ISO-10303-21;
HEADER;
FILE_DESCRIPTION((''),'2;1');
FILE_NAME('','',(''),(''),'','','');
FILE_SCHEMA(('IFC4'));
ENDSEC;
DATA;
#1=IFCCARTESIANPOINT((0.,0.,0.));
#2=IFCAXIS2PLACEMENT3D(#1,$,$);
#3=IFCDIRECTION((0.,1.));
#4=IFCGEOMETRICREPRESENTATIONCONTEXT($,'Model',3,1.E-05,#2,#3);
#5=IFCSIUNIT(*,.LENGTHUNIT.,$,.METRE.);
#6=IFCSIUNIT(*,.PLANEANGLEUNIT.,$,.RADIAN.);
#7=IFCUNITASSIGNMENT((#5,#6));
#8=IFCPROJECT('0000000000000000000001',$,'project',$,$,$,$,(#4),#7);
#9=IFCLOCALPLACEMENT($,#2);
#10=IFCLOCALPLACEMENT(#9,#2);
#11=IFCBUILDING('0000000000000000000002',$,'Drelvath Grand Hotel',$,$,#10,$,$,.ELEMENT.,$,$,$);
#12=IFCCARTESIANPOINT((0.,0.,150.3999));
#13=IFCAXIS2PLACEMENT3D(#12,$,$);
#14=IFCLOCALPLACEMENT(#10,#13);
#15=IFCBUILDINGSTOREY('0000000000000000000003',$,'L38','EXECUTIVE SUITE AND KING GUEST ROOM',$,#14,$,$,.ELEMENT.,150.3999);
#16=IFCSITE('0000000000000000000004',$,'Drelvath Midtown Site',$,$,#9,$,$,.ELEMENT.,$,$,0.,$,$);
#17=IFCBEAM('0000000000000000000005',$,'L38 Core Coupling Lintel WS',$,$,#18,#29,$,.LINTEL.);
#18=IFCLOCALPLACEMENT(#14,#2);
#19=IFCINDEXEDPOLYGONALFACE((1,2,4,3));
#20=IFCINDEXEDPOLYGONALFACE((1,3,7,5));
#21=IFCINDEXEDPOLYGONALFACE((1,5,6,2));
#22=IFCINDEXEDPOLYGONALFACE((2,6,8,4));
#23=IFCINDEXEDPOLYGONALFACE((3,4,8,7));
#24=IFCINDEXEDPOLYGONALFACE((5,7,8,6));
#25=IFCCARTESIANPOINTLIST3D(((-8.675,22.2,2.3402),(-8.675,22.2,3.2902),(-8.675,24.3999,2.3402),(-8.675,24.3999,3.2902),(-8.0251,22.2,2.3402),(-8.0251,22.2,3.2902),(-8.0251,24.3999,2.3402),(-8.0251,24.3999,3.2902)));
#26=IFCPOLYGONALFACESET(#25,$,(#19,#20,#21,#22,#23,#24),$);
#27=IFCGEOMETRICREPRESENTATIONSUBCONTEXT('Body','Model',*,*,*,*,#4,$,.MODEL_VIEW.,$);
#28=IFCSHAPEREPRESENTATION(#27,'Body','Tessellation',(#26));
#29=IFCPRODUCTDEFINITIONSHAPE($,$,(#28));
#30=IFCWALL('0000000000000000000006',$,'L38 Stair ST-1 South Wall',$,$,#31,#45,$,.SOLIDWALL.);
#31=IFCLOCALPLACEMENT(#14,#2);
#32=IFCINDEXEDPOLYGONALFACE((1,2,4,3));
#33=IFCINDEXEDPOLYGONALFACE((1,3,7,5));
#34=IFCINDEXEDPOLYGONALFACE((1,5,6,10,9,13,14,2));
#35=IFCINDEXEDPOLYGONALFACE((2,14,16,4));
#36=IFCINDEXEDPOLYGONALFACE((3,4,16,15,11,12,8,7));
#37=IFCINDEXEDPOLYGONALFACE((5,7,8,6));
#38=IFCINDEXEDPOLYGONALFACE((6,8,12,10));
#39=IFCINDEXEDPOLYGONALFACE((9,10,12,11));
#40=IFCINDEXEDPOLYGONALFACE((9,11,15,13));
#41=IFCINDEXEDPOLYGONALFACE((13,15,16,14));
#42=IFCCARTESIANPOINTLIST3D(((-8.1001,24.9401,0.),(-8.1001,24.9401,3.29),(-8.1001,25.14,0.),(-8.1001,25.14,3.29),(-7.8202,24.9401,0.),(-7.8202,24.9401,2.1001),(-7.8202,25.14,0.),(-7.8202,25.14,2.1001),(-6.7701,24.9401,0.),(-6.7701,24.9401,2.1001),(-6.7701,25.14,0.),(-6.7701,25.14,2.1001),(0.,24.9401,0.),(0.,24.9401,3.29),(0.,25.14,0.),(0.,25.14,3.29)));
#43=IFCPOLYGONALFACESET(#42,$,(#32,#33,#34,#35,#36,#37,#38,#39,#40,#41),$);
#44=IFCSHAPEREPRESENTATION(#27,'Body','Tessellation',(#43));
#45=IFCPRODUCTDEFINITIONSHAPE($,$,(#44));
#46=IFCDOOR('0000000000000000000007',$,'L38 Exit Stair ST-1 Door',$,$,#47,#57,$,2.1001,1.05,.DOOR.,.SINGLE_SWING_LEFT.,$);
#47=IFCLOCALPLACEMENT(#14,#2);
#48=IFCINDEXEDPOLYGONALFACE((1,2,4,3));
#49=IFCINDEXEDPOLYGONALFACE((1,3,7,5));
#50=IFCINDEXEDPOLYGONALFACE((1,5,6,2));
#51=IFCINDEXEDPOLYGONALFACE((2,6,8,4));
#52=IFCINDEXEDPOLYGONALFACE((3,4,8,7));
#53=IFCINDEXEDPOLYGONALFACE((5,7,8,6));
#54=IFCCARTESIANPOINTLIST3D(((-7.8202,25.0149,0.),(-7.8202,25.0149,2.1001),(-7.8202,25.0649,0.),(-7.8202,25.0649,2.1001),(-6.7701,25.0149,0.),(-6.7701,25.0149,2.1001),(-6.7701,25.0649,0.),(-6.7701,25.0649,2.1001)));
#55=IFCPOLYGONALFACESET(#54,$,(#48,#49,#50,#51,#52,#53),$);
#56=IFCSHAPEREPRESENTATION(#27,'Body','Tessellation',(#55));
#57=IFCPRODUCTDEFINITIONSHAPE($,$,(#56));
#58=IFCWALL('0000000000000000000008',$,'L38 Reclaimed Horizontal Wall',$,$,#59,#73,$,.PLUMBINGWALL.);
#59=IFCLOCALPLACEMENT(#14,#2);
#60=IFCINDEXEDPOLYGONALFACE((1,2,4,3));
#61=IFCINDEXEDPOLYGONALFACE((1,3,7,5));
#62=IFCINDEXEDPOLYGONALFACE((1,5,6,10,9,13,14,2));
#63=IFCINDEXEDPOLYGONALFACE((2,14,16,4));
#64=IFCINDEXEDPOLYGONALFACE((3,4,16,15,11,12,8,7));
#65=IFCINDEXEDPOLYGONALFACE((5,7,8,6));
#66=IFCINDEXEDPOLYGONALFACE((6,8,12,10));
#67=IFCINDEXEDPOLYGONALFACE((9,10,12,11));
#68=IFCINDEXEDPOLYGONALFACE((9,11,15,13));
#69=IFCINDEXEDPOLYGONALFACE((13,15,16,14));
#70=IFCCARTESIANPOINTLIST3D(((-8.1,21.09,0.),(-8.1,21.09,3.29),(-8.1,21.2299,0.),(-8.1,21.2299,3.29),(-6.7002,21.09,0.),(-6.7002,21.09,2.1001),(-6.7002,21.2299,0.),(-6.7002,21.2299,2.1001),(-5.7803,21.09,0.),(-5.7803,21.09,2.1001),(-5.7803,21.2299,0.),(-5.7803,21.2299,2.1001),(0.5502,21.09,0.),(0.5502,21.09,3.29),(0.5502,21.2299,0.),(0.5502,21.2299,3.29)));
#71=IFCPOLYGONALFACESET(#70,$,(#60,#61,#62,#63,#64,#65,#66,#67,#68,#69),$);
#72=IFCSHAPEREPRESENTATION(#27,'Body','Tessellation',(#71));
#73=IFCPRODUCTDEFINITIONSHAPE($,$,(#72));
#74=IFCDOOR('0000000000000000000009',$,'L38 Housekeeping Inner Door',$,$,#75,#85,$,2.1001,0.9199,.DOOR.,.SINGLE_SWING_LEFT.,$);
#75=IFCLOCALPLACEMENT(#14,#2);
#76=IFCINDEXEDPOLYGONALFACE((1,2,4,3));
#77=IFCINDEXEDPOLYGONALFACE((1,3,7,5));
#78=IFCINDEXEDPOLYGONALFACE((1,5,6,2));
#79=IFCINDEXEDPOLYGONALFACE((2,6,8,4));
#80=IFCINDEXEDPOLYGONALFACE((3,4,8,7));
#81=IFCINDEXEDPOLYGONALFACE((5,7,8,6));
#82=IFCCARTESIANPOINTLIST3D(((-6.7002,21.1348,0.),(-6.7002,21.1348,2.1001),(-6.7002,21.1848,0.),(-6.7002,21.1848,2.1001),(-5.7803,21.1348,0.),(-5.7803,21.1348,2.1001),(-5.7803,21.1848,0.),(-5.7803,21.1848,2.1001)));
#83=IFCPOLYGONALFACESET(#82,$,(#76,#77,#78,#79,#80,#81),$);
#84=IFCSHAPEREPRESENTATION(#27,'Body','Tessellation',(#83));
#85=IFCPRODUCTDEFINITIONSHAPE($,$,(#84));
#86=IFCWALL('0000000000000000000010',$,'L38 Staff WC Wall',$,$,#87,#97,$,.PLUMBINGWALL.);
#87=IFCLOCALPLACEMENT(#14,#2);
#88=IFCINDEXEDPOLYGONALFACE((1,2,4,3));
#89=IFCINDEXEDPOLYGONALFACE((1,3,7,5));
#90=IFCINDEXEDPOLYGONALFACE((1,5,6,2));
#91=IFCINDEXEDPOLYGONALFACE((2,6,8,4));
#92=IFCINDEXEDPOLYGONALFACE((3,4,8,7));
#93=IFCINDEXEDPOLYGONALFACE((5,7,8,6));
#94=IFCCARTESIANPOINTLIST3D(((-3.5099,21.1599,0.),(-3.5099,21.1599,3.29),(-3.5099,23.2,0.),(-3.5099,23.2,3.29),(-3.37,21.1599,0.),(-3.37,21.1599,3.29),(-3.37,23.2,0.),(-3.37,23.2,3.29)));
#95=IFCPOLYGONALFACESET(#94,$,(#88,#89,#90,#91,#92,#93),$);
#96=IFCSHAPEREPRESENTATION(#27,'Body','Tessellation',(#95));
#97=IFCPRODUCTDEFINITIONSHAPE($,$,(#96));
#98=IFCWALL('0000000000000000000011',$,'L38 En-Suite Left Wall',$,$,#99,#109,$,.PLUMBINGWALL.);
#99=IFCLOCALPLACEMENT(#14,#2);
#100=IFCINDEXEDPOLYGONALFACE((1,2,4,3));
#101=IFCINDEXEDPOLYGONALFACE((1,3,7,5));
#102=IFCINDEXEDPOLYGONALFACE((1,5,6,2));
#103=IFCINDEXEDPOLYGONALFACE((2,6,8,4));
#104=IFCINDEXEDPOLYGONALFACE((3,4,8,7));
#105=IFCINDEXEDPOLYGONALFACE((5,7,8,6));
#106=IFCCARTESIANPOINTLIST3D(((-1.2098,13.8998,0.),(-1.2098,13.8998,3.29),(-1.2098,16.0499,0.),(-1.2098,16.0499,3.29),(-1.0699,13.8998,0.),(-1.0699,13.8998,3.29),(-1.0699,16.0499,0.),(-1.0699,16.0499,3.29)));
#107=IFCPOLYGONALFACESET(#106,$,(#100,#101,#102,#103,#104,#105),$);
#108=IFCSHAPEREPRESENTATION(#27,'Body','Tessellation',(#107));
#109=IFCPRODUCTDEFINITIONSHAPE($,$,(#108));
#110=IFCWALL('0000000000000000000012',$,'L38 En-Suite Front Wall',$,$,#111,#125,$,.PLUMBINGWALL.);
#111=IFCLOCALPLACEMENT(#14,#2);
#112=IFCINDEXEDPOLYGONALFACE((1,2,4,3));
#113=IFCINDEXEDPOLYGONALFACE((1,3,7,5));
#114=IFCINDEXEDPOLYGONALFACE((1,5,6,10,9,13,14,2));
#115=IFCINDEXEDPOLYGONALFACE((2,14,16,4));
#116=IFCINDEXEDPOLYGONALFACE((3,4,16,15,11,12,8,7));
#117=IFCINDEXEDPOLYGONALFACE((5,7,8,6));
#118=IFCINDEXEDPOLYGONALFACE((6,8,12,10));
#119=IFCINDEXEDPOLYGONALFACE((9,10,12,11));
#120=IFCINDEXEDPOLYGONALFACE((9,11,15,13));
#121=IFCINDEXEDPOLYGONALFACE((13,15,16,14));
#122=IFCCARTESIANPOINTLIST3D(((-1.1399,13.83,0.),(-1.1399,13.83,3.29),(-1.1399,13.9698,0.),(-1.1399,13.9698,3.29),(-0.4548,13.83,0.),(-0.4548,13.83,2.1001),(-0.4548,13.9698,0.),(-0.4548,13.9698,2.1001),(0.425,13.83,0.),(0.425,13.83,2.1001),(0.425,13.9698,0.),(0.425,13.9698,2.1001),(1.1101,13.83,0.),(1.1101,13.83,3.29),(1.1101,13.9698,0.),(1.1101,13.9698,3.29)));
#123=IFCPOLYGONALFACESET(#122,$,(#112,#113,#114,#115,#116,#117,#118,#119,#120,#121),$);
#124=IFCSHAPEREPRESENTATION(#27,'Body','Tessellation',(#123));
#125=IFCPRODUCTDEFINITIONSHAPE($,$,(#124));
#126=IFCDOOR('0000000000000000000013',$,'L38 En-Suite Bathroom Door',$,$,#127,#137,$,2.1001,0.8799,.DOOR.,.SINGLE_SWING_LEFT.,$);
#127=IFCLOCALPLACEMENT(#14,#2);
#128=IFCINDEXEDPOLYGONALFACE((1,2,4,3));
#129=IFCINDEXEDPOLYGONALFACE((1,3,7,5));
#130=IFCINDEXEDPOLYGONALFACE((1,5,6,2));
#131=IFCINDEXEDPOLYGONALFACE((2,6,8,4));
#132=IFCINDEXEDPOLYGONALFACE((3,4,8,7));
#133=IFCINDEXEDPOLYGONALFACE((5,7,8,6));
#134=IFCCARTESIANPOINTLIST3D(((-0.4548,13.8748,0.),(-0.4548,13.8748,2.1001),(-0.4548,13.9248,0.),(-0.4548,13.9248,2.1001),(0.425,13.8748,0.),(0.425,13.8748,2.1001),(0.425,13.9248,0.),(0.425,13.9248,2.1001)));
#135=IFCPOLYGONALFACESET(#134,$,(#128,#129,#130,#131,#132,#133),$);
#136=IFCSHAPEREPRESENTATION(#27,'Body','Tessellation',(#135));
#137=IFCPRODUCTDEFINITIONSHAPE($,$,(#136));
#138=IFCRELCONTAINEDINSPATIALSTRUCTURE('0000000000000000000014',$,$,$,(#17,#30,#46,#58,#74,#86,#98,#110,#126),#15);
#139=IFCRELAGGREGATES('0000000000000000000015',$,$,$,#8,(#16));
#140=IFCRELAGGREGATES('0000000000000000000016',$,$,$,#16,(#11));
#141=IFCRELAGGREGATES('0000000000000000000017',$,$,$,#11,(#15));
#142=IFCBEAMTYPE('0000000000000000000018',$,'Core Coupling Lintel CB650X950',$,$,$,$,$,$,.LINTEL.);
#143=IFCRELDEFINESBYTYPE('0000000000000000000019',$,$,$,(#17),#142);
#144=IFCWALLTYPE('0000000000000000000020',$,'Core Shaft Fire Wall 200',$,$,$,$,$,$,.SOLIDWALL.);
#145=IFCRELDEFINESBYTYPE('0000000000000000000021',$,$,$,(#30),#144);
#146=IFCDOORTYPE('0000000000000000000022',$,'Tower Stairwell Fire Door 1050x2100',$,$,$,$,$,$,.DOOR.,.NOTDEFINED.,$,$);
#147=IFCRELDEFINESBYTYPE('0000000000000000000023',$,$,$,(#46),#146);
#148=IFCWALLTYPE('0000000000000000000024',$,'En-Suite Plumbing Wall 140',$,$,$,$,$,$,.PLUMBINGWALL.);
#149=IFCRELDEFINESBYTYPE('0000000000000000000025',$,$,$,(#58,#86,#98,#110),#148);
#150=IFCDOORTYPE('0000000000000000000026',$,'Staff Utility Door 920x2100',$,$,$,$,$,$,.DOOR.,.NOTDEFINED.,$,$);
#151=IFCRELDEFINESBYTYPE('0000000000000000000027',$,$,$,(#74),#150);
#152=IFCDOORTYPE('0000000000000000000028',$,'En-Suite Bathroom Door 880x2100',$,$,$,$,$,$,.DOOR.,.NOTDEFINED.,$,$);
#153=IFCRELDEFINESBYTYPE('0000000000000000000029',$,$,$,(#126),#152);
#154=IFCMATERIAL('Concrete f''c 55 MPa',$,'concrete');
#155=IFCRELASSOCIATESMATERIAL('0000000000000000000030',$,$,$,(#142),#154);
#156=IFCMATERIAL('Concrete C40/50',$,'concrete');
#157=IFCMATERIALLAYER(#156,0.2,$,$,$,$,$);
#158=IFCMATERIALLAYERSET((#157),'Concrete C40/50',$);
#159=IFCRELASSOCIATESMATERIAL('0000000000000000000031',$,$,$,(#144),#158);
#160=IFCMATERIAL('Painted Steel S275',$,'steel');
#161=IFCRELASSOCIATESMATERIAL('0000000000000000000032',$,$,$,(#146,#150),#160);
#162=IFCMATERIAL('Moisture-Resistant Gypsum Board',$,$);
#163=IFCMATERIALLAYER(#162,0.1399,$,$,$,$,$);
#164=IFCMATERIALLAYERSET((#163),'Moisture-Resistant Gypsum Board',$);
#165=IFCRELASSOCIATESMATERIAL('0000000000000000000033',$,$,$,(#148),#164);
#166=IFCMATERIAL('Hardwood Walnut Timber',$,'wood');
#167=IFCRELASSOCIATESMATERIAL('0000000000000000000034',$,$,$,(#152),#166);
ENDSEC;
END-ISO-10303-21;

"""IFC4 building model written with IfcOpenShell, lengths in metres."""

from ifc_helpers import new_model, si_unit, direction, frame, frame_2d, origin, origin_2d, place, context, subcontext, project, spatial, rectangle, extrude, material, layer, layer_set, material_profile, profile_set, type_object, element, fill, save


model = new_model("IFC4")

# Units and contexts
model_context = context("Model", 3, precision=1e-05, world=origin(), true_north=direction((0.0, 1.0)))
body_context = subcontext(model_context, "Body", "Model", "MODEL_VIEW")
ifc_project = project(units=[si_unit("LENGTHUNIT", "METRE"), si_unit("PLANEANGLEUNIT", "RADIAN")], contexts=[model_context])

# Site, building, storey
site_placement = place(None, origin())
site = spatial("IfcSite", under=ifc_project, at=site_placement, Name="Drelvath Midtown Site", CompositionType="ELEMENT", RefElevation=0.0)
building_placement = place(site_placement, origin())
building = spatial("IfcBuilding", under=site, at=building_placement, Name="Drelvath Grand Hotel", CompositionType="ELEMENT")
storey_placement = place(building_placement, frame((0.0, 0.0, 150.3999)))
storey = spatial("IfcBuildingStorey", under=building, at=storey_placement, Name="L38", Description="EXECUTIVE SUITE AND KING GUEST ROOM", CompositionType="ELEMENT", Elevation=150.3999)

# Beam
ifc_material_1 = material(Name="Concrete f'c 55 MPa", Category="concrete")
ifc_material_profile = material_profile(ifc_material_1, rectangle(XDim=0.6499, YDim=0.95, at=origin_2d()), Name="CB650X950")
ifc_profile_set = profile_set([ifc_material_profile], Name="Concrete f'c 55 MPa")
beam_type = type_object("IfcBeamType", Name="Core Coupling Lintel CB650X950", PredefinedType="LINTEL", material=ifc_profile_set)
beam_placement = place(storey_placement, frame((-8.3501, 22.2, 2.8152), z_axis=(0.0, 1.0, 0.0), x_axis=(-1.0, 0.0, 0.0)))
element("IfcBeam", 1, at=beam_placement, inside=storey, type_object=beam_type, Name="L38 Core Coupling Lintel WS", PredefinedType="LINTEL", context=body_context, shape_type="SweptSolid", body=[
    extrude(rectangle(XDim=0.6499, YDim=0.95, at=origin_2d()), origin(), (0.0, 0.0, 1.0), 2.2),
])

# Walls, openings, doors
ifc_material_2 = material(Name="Concrete C40/50", Category="concrete")
ifc_layer_1 = layer(ifc_material_2, 0.2)
ifc_layer_set_1 = layer_set([ifc_layer_1], Name="Concrete C40/50")
wall_type_1 = type_object("IfcWallType", Name="Core Shaft Fire Wall 200", PredefinedType="SOLIDWALL", material=ifc_layer_set_1)
wall_1_placement = place(storey_placement, frame((-8.1001, 25.04, 0.0), z_axis=(0.0, 0.0, 1.0), x_axis=(1.0, 0.0, 0.0)))
wall_1 = element("IfcWall", 2, at=wall_1_placement, inside=storey, type_object=wall_type_1, Name="L38 Stair ST-1 South Wall", PredefinedType="SOLIDWALL", context=body_context, shape_type="SweptSolid", body=[
    extrude(rectangle(XDim=8.1001, YDim=0.2, at=frame_2d((4.05, 0.0))), origin(), (0.0, 0.0, 1.0), 3.29),
])
opening_1_placement = place(wall_1_placement, frame((0.28, 0.0, 0.0)))
opening_1 = element("IfcOpeningElement", 3, at=opening_1_placement, cuts=wall_1, PredefinedType="OPENING", context=body_context, shape_type="SweptSolid", body=[
    extrude(rectangle(XDim=1.05, YDim=2.1001, at=frame_2d((0.5249, 1.05))), frame((0.0, 0.1099, 0.0), z_axis=(0.0, -1.0, 0.0), x_axis=(1.0, 0.0, 0.0)), (0.0, 0.0, 1.0), 0.22),
])
ifc_material_3 = material(Name="Painted Steel S275", Category="steel")
door_type_1 = type_object("IfcDoorType", Name="Tower Stairwell Fire Door 1050x2100", OperationType="NOTDEFINED", PredefinedType="DOOR", material=ifc_material_3)
door_1_placement = place(opening_1_placement, origin())
door_1 = element("IfcDoor", 4, at=door_1_placement, inside=storey, type_object=door_type_1, Name="L38 Exit Stair ST-1 Door", OperationType="SINGLE_SWING_LEFT", OverallHeight=2.1001, OverallWidth=1.05, PredefinedType="DOOR", context=body_context, shape_type="SweptSolid", body=[
    extrude(rectangle(XDim=1.05, YDim=2.1001, at=frame_2d((0.5249, 1.05))), frame((0.0, 0.0249, 0.0), z_axis=(0.0, -1.0, 0.0), x_axis=(1.0, 0.0, 0.0)), (0.0, 0.0, 1.0), 0.05),
])
fill(opening_1, door_1)
ifc_material_4 = material(Name="Moisture-Resistant Gypsum Board")
ifc_layer_2 = layer(ifc_material_4, 0.1399)
ifc_layer_set_2 = layer_set([ifc_layer_2], Name="Moisture-Resistant Gypsum Board")
wall_type_2 = type_object("IfcWallType", Name="En-Suite Plumbing Wall 140", PredefinedType="PLUMBINGWALL", material=ifc_layer_set_2)
wall_2_placement = place(storey_placement, frame((-8.1001, 21.1599, 0.0), z_axis=(0.0, 0.0, 1.0), x_axis=(1.0, 0.0, 0.0)))
wall_2 = element("IfcWall", 5, at=wall_2_placement, inside=storey, type_object=wall_type_2, Name="L38 Reclaimed Horizontal Wall", PredefinedType="PLUMBINGWALL", context=body_context, shape_type="SweptSolid", body=[
    extrude(rectangle(XDim=8.6501, YDim=0.1399, at=frame_2d((4.3252, 0.0))), origin(), (0.0, 0.0, 1.0), 3.29),
])
opening_2_placement = place(wall_2_placement, frame((1.3999, 0.0, 0.0)))
opening_2 = element("IfcOpeningElement", 6, at=opening_2_placement, cuts=wall_2, PredefinedType="OPENING", context=body_context, shape_type="SweptSolid", body=[
    extrude(rectangle(XDim=0.9199, YDim=2.1001, at=frame_2d((0.46, 1.05))), frame((0.0, 0.0798, 0.0), z_axis=(0.0, -1.0, 0.0), x_axis=(1.0, 0.0, 0.0)), (0.0, 0.0, 1.0), 0.1599),
])
door_type_2 = type_object("IfcDoorType", Name="Staff Utility Door 920x2100", OperationType="NOTDEFINED", PredefinedType="DOOR", material=ifc_material_3)
door_2_placement = place(opening_2_placement, origin())
door_2 = element("IfcDoor", 7, at=door_2_placement, inside=storey, type_object=door_type_2, Name="L38 Housekeeping Inner Door", OperationType="SINGLE_SWING_LEFT", OverallHeight=2.1001, OverallWidth=0.9199, PredefinedType="DOOR", context=body_context, shape_type="SweptSolid", body=[
    extrude(rectangle(XDim=0.9199, YDim=2.1001, at=frame_2d((0.46, 1.05))), frame((0.0, 0.0249, 0.0), z_axis=(0.0, -1.0, 0.0), x_axis=(1.0, 0.0, 0.0)), (0.0, 0.0, 1.0), 0.05),
])
fill(opening_2, door_2)

# Walls
wall_3_placement = place(storey_placement, frame((-3.4399, 21.1599, 0.0), z_axis=(0.0, 0.0, 1.0), x_axis=(0.0, 1.0, 0.0)))
element("IfcWall", 8, at=wall_3_placement, inside=storey, type_object=wall_type_2, Name="L38 Staff WC Wall", PredefinedType="PLUMBINGWALL", context=body_context, shape_type="SweptSolid", body=[
    extrude(rectangle(XDim=2.04, YDim=0.1399, at=frame_2d((1.02, 0.0))), origin(), (0.0, 0.0, 1.0), 3.29),
])
wall_4_placement = place(storey_placement, frame((-1.1399, 16.05, 0.0), z_axis=(0.0, 0.0, 1.0), x_axis=(0.0, -1.0, 0.0)))
element("IfcWall", 9, at=wall_4_placement, inside=storey, type_object=wall_type_2, Name="L38 En-Suite Left Wall", PredefinedType="PLUMBINGWALL", context=body_context, shape_type="SweptSolid", body=[
    extrude(rectangle(XDim=2.1501, YDim=0.1399, at=frame_2d((1.0752, 0.0))), origin(), (0.0, 0.0, 1.0), 3.29),
])

# Wall, opening, door
wall_5_placement = place(storey_placement, frame((-1.1399, 13.8999, 0.0), z_axis=(0.0, 0.0, 1.0), x_axis=(1.0, 0.0, 0.0)))
wall_5 = element("IfcWall", 10, at=wall_5_placement, inside=storey, type_object=wall_type_2, Name="L38 En-Suite Front Wall", PredefinedType="PLUMBINGWALL", context=body_context, shape_type="SweptSolid", body=[
    extrude(rectangle(XDim=2.25, YDim=0.1399, at=frame_2d((1.125, 0.0))), origin(), (0.0, 0.0, 1.0), 3.29),
])
opening_3_placement = place(wall_5_placement, frame((0.6851, 0.0, 0.0)))
opening_3 = element("IfcOpeningElement", 11, at=opening_3_placement, cuts=wall_5, PredefinedType="OPENING", context=body_context, shape_type="SweptSolid", body=[
    extrude(rectangle(XDim=0.8799, YDim=2.1001, at=frame_2d((0.4399, 1.05))), frame((0.0, 0.0798, 0.0), z_axis=(0.0, -1.0, 0.0), x_axis=(1.0, 0.0, 0.0)), (0.0, 0.0, 1.0), 0.1599),
])
ifc_material_5 = material(Name="Hardwood Walnut Timber", Category="wood")
door_type_3 = type_object("IfcDoorType", Name="En-Suite Bathroom Door 880x2100", OperationType="NOTDEFINED", PredefinedType="DOOR", material=ifc_material_5)
door_3_placement = place(opening_3_placement, origin())
door_3 = element("IfcDoor", 12, at=door_3_placement, inside=storey, type_object=door_type_3, Name="L38 En-Suite Bathroom Door", OperationType="SINGLE_SWING_LEFT", OverallHeight=2.1001, OverallWidth=0.8799, PredefinedType="DOOR", context=body_context, shape_type="SweptSolid", body=[
    extrude(rectangle(XDim=0.8799, YDim=2.1001, at=frame_2d((0.4399, 1.05))), frame((0.0, 0.0249, 0.0), z_axis=(0.0, -1.0, 0.0), x_axis=(1.0, 0.0, 0.0)), (0.0, 0.0, 1.0), 0.05),
])
fill(opening_3, door_3)

save(model, "model.ifc")
